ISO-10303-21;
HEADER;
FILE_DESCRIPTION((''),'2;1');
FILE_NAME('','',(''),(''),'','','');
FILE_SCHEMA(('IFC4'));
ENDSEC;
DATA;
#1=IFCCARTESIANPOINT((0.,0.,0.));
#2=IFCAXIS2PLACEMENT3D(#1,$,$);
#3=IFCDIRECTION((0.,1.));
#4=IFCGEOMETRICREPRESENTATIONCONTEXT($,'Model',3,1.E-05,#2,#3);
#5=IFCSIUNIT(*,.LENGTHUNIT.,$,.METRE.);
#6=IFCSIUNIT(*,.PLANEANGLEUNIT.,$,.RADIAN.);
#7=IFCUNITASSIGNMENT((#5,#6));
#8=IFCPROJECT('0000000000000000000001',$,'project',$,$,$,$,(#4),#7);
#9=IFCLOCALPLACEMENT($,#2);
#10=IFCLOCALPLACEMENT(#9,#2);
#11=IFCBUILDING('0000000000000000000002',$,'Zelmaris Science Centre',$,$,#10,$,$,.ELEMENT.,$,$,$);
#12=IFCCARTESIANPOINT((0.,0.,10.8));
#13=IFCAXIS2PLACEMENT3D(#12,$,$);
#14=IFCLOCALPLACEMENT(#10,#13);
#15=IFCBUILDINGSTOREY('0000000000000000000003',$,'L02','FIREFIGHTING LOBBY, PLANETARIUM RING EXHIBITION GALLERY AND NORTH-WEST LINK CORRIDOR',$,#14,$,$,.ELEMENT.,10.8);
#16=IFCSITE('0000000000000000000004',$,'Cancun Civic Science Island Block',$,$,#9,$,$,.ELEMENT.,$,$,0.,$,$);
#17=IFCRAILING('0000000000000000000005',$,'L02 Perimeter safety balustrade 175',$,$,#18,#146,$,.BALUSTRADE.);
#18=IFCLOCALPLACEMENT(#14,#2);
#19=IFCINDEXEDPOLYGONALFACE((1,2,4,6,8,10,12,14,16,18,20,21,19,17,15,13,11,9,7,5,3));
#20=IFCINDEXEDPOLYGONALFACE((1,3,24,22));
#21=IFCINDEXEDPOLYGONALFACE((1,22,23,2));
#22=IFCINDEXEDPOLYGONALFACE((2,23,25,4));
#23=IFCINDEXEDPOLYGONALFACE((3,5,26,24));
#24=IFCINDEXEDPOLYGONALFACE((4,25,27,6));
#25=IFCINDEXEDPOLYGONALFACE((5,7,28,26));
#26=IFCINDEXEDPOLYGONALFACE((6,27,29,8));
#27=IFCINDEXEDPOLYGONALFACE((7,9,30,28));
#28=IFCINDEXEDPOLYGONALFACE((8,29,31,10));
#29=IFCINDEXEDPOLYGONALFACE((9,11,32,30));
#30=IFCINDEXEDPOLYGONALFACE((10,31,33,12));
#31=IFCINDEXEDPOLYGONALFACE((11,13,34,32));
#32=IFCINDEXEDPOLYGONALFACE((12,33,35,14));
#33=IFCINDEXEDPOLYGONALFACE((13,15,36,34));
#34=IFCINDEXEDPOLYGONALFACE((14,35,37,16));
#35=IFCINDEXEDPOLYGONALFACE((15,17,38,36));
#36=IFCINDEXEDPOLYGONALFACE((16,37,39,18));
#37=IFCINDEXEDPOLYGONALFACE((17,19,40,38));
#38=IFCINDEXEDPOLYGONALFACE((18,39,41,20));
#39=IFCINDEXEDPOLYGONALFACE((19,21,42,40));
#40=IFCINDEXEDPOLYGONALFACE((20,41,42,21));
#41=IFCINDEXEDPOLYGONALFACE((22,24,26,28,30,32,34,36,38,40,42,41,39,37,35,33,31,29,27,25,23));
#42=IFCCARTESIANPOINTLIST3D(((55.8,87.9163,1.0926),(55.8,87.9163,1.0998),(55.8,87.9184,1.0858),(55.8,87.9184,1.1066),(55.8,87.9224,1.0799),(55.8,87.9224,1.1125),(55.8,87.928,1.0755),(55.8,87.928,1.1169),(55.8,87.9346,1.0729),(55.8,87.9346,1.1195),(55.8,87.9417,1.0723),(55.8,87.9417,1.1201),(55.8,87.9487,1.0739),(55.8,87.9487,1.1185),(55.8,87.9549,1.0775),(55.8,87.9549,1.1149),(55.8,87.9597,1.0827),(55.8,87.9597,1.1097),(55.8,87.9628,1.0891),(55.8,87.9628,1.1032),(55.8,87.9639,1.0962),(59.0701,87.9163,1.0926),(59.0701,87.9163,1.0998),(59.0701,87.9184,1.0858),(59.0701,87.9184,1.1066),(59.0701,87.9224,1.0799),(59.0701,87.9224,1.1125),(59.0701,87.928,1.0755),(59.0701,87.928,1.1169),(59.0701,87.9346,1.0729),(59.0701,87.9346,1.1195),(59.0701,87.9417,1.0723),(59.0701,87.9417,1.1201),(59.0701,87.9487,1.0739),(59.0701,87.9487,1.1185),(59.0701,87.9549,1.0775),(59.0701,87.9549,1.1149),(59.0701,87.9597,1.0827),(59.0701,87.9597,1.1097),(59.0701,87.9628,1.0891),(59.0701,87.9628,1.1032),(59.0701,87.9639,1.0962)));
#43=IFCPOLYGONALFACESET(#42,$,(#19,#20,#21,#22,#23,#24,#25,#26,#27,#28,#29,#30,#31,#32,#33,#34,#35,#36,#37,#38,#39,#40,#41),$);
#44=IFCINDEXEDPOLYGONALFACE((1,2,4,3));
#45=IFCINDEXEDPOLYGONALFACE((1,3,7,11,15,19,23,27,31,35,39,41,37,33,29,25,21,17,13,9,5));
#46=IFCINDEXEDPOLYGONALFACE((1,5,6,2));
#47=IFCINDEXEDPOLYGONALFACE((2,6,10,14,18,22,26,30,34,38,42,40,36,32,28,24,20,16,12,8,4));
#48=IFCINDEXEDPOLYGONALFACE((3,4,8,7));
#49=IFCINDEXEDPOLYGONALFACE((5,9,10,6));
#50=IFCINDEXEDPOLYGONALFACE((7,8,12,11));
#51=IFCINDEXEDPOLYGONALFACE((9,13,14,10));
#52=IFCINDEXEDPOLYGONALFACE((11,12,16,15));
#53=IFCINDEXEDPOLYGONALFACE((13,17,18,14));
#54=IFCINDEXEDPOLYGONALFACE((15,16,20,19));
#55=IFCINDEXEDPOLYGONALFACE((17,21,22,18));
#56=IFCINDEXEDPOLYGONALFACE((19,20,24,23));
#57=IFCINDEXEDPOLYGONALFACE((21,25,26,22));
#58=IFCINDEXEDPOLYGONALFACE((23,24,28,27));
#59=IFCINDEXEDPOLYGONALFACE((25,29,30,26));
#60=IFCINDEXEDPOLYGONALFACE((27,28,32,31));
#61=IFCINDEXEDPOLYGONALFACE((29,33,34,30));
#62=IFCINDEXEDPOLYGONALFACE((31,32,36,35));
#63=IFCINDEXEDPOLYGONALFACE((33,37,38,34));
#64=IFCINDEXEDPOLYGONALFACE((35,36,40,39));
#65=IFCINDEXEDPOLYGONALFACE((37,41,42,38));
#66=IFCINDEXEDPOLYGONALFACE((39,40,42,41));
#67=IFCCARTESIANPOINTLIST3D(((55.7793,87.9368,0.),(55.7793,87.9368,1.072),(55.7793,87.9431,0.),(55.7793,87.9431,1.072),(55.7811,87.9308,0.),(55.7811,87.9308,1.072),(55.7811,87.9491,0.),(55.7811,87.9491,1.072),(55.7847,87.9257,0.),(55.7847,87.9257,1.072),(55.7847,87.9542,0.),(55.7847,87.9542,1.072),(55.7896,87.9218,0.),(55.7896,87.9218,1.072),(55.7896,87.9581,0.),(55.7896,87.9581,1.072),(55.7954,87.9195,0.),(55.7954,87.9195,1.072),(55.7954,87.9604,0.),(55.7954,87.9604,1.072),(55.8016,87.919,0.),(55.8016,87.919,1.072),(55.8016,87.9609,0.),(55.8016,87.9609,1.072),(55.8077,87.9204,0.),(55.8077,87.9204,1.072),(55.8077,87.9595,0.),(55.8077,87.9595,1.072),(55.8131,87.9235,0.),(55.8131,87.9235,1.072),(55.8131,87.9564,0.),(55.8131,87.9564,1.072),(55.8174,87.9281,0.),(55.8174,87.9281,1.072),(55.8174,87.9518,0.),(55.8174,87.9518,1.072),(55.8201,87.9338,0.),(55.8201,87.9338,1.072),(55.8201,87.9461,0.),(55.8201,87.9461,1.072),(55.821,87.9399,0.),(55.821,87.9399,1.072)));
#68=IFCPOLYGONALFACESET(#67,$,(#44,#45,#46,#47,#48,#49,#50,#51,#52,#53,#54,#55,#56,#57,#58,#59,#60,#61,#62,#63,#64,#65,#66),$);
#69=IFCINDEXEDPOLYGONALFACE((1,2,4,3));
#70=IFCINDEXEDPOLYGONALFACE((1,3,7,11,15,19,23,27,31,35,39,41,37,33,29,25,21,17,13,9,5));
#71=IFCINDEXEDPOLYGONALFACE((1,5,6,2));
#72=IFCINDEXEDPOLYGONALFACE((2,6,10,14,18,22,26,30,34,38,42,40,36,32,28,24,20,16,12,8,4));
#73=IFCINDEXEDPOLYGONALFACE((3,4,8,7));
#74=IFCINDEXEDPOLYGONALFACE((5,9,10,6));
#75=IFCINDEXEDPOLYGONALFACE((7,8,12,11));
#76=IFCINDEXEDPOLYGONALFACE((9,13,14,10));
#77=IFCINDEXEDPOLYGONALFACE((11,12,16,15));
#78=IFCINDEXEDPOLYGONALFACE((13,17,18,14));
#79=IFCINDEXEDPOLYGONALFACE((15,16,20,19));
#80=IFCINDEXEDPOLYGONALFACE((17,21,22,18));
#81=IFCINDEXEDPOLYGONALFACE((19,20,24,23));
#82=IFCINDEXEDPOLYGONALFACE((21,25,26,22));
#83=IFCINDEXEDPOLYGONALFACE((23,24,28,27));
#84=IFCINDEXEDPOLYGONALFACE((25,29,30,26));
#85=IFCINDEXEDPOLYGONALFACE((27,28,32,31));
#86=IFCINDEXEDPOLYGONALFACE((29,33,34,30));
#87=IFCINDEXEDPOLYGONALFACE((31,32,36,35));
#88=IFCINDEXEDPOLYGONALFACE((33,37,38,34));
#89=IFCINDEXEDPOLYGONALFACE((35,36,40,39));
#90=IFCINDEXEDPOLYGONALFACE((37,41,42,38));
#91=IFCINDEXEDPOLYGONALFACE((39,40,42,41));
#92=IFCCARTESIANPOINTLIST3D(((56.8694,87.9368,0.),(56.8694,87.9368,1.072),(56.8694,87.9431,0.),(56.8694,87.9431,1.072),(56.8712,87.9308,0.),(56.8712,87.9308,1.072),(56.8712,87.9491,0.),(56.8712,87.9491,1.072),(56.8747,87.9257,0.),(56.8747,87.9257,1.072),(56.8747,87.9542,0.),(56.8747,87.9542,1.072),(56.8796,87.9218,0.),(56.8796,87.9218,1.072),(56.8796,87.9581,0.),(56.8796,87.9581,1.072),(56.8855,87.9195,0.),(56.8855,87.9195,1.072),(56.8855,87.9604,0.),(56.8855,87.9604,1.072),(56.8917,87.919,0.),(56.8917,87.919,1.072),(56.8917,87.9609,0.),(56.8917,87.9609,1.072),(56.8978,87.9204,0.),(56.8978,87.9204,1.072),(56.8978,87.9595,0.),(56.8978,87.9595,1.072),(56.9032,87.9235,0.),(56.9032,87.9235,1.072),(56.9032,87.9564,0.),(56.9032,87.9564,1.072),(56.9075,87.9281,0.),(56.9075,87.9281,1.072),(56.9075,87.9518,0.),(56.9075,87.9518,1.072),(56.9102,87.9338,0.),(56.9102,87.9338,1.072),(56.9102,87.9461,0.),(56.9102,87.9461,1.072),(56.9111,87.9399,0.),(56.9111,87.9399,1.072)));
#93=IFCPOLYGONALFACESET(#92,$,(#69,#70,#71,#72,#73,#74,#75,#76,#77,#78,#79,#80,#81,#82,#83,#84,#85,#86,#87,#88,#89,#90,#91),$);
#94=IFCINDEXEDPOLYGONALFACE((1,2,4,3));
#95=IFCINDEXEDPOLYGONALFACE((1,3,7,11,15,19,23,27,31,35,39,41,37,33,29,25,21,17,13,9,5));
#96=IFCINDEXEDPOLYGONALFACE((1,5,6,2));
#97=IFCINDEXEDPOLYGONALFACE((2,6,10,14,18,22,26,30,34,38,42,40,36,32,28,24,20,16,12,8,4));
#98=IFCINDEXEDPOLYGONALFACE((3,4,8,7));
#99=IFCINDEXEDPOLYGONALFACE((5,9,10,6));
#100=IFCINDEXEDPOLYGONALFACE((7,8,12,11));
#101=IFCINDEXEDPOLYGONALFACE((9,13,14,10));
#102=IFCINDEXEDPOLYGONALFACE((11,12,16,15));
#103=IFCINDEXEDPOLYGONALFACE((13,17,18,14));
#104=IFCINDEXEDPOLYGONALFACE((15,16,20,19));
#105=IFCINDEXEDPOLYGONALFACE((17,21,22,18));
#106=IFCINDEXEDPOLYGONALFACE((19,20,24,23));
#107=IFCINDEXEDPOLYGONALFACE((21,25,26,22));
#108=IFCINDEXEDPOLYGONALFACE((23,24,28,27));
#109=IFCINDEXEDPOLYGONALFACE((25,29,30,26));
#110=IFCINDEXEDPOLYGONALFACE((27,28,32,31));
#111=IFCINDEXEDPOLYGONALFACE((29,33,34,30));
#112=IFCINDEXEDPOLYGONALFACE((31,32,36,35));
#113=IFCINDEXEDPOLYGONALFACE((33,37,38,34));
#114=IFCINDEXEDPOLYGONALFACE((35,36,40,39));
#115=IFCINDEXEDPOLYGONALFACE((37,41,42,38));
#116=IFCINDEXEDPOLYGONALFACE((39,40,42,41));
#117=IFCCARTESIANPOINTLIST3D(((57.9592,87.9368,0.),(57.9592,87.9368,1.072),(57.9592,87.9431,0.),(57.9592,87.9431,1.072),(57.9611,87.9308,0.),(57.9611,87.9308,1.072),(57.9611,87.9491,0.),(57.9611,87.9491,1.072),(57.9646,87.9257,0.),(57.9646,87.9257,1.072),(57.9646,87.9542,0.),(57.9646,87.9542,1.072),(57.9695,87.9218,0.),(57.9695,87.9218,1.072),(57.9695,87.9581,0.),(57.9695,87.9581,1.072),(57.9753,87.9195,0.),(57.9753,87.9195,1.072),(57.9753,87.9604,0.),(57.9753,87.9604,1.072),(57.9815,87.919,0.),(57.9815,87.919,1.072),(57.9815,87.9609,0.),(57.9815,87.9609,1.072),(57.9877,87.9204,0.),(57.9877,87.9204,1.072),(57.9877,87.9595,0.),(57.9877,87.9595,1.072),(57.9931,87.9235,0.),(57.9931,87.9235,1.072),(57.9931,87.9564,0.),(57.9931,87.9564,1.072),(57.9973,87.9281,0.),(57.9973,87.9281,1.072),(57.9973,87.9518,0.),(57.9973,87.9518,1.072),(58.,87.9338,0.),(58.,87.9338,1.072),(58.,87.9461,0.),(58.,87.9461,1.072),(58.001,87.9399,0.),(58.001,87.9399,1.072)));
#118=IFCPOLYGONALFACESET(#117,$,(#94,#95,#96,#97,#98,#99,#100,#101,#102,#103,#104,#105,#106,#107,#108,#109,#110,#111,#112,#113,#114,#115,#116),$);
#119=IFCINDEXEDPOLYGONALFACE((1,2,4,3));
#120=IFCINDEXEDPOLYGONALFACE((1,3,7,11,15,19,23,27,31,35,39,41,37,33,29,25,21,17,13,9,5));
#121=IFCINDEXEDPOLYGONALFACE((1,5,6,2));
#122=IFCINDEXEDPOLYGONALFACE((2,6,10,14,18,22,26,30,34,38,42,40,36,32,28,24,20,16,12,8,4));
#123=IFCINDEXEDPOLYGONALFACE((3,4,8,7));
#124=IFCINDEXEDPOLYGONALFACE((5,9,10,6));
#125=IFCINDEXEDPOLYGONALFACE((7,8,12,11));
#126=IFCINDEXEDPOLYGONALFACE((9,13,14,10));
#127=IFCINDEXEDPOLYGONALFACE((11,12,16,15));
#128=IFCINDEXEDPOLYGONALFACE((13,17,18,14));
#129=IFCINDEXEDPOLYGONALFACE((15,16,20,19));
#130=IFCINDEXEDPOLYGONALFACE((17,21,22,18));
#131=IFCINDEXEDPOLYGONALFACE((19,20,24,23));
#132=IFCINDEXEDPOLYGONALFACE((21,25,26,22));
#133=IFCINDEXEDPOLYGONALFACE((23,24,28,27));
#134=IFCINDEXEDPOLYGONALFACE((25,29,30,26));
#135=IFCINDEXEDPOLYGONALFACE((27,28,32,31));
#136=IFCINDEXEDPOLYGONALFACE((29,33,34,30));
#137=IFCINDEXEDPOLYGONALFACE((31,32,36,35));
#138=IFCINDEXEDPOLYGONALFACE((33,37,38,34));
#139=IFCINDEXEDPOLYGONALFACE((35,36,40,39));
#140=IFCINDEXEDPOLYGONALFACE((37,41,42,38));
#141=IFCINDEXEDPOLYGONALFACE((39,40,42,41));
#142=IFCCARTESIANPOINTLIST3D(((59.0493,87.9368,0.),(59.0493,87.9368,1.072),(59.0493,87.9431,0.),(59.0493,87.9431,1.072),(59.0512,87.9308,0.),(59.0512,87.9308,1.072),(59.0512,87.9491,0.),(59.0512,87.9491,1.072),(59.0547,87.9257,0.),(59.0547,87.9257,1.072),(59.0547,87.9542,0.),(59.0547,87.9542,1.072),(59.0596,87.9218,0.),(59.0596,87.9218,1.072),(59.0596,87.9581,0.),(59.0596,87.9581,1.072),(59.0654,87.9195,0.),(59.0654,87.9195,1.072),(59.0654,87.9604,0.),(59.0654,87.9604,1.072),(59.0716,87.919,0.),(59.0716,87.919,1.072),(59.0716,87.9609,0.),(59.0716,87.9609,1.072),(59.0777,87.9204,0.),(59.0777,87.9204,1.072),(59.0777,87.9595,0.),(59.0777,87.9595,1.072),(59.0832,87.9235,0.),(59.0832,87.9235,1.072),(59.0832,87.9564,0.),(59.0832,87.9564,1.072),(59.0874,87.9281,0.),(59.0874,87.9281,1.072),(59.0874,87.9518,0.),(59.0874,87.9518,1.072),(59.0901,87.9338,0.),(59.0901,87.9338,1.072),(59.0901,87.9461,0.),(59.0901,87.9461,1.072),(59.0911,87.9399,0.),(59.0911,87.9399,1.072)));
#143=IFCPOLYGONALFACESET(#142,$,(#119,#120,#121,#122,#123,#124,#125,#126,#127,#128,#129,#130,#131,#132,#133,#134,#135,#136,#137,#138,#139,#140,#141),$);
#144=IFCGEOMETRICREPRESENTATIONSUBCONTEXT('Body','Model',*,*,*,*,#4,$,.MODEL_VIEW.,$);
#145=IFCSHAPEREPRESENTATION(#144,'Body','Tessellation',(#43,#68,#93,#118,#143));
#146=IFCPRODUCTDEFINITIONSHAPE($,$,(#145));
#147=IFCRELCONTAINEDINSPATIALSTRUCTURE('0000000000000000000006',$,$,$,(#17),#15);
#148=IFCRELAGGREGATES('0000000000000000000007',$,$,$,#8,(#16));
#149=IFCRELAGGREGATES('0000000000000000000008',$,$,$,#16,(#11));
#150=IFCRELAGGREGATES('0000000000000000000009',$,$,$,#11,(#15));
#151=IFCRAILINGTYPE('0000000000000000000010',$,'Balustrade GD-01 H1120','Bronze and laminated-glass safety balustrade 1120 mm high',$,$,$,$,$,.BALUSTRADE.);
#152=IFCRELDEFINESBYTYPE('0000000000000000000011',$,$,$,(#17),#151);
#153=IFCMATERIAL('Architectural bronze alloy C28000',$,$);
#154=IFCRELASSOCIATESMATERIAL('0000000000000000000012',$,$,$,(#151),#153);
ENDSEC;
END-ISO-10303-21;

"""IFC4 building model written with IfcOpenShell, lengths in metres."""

from ifc_helpers import new_model, si_unit, direction, frame, origin, origin_2d, place, context, subcontext, project, spatial, circle, extrude, material, type_object, element, save


model = new_model("IFC4")

# Units and contexts
model_context = context("Model", 3, precision=1e-05, world=origin(), true_north=direction((0.0, 1.0)))
body_context = subcontext(model_context, "Body", "Model", "MODEL_VIEW")
ifc_project = project(units=[si_unit("LENGTHUNIT", "METRE"), si_unit("PLANEANGLEUNIT", "RADIAN")], contexts=[model_context])

# Site, building, storey
site_placement = place(None, origin())
site = spatial("IfcSite", under=ifc_project, at=site_placement, Name="Cancun Civic Science Island Block", CompositionType="ELEMENT", RefElevation=0.0)
building_placement = place(site_placement, origin())
building = spatial("IfcBuilding", under=site, at=building_placement, Name="Zelmaris Science Centre", CompositionType="ELEMENT")
storey_placement = place(building_placement, frame((0.0, 0.0, 10.8)))
storey = spatial("IfcBuildingStorey", under=building, at=storey_placement, Name="L02", Description="FIREFIGHTING LOBBY, PLANETARIUM RING EXHIBITION GALLERY AND NORTH-WEST LINK CORRIDOR", CompositionType="ELEMENT", Elevation=10.8)

# Railing
ifc_material_1 = material(Name="Architectural bronze alloy C28000")
railing_type = type_object("IfcRailingType", Name="Balustrade GD-01 H1120", Description="Bronze and laminated-glass safety balustrade 1120 mm high", PredefinedType="BALUSTRADE", material=ifc_material_1)
railing_placement = place(storey_placement, frame((55.8, 87.9399, 0.0)))
element("IfcRailing", 1, at=railing_placement, inside=storey, type_object=railing_type, Name="L02 Perimeter safety balustrade 175", PredefinedType="BALUSTRADE", context=body_context, shape_type="SweptSolid", body=[
    extrude(circle(Radius=0.0239, at=origin_2d()), frame((0.0, 0.0, 1.0962), z_axis=(1.0, 0.0, 0.0), x_axis=(0.0, 1.0, 0.0)), (0.0, 0.0, 1.0), 3.27),
    extrude(circle(Radius=0.021, at=origin_2d()), origin(), (0.0, 0.0, 1.0), 1.072),
    extrude(circle(Radius=0.021, at=origin_2d()), frame((1.0901, 0.0, 0.0)), (0.0, 0.0, 1.0), 1.072),
    extrude(circle(Radius=0.021, at=origin_2d()), frame((2.1799, 0.0, 0.0)), (0.0, 0.0, 1.0), 1.072),
    extrude(circle(Radius=0.021, at=origin_2d()), frame((3.27, 0.0, 0.0)), (0.0, 0.0, 1.0), 1.072),
])

save(model, "model.ifc")
